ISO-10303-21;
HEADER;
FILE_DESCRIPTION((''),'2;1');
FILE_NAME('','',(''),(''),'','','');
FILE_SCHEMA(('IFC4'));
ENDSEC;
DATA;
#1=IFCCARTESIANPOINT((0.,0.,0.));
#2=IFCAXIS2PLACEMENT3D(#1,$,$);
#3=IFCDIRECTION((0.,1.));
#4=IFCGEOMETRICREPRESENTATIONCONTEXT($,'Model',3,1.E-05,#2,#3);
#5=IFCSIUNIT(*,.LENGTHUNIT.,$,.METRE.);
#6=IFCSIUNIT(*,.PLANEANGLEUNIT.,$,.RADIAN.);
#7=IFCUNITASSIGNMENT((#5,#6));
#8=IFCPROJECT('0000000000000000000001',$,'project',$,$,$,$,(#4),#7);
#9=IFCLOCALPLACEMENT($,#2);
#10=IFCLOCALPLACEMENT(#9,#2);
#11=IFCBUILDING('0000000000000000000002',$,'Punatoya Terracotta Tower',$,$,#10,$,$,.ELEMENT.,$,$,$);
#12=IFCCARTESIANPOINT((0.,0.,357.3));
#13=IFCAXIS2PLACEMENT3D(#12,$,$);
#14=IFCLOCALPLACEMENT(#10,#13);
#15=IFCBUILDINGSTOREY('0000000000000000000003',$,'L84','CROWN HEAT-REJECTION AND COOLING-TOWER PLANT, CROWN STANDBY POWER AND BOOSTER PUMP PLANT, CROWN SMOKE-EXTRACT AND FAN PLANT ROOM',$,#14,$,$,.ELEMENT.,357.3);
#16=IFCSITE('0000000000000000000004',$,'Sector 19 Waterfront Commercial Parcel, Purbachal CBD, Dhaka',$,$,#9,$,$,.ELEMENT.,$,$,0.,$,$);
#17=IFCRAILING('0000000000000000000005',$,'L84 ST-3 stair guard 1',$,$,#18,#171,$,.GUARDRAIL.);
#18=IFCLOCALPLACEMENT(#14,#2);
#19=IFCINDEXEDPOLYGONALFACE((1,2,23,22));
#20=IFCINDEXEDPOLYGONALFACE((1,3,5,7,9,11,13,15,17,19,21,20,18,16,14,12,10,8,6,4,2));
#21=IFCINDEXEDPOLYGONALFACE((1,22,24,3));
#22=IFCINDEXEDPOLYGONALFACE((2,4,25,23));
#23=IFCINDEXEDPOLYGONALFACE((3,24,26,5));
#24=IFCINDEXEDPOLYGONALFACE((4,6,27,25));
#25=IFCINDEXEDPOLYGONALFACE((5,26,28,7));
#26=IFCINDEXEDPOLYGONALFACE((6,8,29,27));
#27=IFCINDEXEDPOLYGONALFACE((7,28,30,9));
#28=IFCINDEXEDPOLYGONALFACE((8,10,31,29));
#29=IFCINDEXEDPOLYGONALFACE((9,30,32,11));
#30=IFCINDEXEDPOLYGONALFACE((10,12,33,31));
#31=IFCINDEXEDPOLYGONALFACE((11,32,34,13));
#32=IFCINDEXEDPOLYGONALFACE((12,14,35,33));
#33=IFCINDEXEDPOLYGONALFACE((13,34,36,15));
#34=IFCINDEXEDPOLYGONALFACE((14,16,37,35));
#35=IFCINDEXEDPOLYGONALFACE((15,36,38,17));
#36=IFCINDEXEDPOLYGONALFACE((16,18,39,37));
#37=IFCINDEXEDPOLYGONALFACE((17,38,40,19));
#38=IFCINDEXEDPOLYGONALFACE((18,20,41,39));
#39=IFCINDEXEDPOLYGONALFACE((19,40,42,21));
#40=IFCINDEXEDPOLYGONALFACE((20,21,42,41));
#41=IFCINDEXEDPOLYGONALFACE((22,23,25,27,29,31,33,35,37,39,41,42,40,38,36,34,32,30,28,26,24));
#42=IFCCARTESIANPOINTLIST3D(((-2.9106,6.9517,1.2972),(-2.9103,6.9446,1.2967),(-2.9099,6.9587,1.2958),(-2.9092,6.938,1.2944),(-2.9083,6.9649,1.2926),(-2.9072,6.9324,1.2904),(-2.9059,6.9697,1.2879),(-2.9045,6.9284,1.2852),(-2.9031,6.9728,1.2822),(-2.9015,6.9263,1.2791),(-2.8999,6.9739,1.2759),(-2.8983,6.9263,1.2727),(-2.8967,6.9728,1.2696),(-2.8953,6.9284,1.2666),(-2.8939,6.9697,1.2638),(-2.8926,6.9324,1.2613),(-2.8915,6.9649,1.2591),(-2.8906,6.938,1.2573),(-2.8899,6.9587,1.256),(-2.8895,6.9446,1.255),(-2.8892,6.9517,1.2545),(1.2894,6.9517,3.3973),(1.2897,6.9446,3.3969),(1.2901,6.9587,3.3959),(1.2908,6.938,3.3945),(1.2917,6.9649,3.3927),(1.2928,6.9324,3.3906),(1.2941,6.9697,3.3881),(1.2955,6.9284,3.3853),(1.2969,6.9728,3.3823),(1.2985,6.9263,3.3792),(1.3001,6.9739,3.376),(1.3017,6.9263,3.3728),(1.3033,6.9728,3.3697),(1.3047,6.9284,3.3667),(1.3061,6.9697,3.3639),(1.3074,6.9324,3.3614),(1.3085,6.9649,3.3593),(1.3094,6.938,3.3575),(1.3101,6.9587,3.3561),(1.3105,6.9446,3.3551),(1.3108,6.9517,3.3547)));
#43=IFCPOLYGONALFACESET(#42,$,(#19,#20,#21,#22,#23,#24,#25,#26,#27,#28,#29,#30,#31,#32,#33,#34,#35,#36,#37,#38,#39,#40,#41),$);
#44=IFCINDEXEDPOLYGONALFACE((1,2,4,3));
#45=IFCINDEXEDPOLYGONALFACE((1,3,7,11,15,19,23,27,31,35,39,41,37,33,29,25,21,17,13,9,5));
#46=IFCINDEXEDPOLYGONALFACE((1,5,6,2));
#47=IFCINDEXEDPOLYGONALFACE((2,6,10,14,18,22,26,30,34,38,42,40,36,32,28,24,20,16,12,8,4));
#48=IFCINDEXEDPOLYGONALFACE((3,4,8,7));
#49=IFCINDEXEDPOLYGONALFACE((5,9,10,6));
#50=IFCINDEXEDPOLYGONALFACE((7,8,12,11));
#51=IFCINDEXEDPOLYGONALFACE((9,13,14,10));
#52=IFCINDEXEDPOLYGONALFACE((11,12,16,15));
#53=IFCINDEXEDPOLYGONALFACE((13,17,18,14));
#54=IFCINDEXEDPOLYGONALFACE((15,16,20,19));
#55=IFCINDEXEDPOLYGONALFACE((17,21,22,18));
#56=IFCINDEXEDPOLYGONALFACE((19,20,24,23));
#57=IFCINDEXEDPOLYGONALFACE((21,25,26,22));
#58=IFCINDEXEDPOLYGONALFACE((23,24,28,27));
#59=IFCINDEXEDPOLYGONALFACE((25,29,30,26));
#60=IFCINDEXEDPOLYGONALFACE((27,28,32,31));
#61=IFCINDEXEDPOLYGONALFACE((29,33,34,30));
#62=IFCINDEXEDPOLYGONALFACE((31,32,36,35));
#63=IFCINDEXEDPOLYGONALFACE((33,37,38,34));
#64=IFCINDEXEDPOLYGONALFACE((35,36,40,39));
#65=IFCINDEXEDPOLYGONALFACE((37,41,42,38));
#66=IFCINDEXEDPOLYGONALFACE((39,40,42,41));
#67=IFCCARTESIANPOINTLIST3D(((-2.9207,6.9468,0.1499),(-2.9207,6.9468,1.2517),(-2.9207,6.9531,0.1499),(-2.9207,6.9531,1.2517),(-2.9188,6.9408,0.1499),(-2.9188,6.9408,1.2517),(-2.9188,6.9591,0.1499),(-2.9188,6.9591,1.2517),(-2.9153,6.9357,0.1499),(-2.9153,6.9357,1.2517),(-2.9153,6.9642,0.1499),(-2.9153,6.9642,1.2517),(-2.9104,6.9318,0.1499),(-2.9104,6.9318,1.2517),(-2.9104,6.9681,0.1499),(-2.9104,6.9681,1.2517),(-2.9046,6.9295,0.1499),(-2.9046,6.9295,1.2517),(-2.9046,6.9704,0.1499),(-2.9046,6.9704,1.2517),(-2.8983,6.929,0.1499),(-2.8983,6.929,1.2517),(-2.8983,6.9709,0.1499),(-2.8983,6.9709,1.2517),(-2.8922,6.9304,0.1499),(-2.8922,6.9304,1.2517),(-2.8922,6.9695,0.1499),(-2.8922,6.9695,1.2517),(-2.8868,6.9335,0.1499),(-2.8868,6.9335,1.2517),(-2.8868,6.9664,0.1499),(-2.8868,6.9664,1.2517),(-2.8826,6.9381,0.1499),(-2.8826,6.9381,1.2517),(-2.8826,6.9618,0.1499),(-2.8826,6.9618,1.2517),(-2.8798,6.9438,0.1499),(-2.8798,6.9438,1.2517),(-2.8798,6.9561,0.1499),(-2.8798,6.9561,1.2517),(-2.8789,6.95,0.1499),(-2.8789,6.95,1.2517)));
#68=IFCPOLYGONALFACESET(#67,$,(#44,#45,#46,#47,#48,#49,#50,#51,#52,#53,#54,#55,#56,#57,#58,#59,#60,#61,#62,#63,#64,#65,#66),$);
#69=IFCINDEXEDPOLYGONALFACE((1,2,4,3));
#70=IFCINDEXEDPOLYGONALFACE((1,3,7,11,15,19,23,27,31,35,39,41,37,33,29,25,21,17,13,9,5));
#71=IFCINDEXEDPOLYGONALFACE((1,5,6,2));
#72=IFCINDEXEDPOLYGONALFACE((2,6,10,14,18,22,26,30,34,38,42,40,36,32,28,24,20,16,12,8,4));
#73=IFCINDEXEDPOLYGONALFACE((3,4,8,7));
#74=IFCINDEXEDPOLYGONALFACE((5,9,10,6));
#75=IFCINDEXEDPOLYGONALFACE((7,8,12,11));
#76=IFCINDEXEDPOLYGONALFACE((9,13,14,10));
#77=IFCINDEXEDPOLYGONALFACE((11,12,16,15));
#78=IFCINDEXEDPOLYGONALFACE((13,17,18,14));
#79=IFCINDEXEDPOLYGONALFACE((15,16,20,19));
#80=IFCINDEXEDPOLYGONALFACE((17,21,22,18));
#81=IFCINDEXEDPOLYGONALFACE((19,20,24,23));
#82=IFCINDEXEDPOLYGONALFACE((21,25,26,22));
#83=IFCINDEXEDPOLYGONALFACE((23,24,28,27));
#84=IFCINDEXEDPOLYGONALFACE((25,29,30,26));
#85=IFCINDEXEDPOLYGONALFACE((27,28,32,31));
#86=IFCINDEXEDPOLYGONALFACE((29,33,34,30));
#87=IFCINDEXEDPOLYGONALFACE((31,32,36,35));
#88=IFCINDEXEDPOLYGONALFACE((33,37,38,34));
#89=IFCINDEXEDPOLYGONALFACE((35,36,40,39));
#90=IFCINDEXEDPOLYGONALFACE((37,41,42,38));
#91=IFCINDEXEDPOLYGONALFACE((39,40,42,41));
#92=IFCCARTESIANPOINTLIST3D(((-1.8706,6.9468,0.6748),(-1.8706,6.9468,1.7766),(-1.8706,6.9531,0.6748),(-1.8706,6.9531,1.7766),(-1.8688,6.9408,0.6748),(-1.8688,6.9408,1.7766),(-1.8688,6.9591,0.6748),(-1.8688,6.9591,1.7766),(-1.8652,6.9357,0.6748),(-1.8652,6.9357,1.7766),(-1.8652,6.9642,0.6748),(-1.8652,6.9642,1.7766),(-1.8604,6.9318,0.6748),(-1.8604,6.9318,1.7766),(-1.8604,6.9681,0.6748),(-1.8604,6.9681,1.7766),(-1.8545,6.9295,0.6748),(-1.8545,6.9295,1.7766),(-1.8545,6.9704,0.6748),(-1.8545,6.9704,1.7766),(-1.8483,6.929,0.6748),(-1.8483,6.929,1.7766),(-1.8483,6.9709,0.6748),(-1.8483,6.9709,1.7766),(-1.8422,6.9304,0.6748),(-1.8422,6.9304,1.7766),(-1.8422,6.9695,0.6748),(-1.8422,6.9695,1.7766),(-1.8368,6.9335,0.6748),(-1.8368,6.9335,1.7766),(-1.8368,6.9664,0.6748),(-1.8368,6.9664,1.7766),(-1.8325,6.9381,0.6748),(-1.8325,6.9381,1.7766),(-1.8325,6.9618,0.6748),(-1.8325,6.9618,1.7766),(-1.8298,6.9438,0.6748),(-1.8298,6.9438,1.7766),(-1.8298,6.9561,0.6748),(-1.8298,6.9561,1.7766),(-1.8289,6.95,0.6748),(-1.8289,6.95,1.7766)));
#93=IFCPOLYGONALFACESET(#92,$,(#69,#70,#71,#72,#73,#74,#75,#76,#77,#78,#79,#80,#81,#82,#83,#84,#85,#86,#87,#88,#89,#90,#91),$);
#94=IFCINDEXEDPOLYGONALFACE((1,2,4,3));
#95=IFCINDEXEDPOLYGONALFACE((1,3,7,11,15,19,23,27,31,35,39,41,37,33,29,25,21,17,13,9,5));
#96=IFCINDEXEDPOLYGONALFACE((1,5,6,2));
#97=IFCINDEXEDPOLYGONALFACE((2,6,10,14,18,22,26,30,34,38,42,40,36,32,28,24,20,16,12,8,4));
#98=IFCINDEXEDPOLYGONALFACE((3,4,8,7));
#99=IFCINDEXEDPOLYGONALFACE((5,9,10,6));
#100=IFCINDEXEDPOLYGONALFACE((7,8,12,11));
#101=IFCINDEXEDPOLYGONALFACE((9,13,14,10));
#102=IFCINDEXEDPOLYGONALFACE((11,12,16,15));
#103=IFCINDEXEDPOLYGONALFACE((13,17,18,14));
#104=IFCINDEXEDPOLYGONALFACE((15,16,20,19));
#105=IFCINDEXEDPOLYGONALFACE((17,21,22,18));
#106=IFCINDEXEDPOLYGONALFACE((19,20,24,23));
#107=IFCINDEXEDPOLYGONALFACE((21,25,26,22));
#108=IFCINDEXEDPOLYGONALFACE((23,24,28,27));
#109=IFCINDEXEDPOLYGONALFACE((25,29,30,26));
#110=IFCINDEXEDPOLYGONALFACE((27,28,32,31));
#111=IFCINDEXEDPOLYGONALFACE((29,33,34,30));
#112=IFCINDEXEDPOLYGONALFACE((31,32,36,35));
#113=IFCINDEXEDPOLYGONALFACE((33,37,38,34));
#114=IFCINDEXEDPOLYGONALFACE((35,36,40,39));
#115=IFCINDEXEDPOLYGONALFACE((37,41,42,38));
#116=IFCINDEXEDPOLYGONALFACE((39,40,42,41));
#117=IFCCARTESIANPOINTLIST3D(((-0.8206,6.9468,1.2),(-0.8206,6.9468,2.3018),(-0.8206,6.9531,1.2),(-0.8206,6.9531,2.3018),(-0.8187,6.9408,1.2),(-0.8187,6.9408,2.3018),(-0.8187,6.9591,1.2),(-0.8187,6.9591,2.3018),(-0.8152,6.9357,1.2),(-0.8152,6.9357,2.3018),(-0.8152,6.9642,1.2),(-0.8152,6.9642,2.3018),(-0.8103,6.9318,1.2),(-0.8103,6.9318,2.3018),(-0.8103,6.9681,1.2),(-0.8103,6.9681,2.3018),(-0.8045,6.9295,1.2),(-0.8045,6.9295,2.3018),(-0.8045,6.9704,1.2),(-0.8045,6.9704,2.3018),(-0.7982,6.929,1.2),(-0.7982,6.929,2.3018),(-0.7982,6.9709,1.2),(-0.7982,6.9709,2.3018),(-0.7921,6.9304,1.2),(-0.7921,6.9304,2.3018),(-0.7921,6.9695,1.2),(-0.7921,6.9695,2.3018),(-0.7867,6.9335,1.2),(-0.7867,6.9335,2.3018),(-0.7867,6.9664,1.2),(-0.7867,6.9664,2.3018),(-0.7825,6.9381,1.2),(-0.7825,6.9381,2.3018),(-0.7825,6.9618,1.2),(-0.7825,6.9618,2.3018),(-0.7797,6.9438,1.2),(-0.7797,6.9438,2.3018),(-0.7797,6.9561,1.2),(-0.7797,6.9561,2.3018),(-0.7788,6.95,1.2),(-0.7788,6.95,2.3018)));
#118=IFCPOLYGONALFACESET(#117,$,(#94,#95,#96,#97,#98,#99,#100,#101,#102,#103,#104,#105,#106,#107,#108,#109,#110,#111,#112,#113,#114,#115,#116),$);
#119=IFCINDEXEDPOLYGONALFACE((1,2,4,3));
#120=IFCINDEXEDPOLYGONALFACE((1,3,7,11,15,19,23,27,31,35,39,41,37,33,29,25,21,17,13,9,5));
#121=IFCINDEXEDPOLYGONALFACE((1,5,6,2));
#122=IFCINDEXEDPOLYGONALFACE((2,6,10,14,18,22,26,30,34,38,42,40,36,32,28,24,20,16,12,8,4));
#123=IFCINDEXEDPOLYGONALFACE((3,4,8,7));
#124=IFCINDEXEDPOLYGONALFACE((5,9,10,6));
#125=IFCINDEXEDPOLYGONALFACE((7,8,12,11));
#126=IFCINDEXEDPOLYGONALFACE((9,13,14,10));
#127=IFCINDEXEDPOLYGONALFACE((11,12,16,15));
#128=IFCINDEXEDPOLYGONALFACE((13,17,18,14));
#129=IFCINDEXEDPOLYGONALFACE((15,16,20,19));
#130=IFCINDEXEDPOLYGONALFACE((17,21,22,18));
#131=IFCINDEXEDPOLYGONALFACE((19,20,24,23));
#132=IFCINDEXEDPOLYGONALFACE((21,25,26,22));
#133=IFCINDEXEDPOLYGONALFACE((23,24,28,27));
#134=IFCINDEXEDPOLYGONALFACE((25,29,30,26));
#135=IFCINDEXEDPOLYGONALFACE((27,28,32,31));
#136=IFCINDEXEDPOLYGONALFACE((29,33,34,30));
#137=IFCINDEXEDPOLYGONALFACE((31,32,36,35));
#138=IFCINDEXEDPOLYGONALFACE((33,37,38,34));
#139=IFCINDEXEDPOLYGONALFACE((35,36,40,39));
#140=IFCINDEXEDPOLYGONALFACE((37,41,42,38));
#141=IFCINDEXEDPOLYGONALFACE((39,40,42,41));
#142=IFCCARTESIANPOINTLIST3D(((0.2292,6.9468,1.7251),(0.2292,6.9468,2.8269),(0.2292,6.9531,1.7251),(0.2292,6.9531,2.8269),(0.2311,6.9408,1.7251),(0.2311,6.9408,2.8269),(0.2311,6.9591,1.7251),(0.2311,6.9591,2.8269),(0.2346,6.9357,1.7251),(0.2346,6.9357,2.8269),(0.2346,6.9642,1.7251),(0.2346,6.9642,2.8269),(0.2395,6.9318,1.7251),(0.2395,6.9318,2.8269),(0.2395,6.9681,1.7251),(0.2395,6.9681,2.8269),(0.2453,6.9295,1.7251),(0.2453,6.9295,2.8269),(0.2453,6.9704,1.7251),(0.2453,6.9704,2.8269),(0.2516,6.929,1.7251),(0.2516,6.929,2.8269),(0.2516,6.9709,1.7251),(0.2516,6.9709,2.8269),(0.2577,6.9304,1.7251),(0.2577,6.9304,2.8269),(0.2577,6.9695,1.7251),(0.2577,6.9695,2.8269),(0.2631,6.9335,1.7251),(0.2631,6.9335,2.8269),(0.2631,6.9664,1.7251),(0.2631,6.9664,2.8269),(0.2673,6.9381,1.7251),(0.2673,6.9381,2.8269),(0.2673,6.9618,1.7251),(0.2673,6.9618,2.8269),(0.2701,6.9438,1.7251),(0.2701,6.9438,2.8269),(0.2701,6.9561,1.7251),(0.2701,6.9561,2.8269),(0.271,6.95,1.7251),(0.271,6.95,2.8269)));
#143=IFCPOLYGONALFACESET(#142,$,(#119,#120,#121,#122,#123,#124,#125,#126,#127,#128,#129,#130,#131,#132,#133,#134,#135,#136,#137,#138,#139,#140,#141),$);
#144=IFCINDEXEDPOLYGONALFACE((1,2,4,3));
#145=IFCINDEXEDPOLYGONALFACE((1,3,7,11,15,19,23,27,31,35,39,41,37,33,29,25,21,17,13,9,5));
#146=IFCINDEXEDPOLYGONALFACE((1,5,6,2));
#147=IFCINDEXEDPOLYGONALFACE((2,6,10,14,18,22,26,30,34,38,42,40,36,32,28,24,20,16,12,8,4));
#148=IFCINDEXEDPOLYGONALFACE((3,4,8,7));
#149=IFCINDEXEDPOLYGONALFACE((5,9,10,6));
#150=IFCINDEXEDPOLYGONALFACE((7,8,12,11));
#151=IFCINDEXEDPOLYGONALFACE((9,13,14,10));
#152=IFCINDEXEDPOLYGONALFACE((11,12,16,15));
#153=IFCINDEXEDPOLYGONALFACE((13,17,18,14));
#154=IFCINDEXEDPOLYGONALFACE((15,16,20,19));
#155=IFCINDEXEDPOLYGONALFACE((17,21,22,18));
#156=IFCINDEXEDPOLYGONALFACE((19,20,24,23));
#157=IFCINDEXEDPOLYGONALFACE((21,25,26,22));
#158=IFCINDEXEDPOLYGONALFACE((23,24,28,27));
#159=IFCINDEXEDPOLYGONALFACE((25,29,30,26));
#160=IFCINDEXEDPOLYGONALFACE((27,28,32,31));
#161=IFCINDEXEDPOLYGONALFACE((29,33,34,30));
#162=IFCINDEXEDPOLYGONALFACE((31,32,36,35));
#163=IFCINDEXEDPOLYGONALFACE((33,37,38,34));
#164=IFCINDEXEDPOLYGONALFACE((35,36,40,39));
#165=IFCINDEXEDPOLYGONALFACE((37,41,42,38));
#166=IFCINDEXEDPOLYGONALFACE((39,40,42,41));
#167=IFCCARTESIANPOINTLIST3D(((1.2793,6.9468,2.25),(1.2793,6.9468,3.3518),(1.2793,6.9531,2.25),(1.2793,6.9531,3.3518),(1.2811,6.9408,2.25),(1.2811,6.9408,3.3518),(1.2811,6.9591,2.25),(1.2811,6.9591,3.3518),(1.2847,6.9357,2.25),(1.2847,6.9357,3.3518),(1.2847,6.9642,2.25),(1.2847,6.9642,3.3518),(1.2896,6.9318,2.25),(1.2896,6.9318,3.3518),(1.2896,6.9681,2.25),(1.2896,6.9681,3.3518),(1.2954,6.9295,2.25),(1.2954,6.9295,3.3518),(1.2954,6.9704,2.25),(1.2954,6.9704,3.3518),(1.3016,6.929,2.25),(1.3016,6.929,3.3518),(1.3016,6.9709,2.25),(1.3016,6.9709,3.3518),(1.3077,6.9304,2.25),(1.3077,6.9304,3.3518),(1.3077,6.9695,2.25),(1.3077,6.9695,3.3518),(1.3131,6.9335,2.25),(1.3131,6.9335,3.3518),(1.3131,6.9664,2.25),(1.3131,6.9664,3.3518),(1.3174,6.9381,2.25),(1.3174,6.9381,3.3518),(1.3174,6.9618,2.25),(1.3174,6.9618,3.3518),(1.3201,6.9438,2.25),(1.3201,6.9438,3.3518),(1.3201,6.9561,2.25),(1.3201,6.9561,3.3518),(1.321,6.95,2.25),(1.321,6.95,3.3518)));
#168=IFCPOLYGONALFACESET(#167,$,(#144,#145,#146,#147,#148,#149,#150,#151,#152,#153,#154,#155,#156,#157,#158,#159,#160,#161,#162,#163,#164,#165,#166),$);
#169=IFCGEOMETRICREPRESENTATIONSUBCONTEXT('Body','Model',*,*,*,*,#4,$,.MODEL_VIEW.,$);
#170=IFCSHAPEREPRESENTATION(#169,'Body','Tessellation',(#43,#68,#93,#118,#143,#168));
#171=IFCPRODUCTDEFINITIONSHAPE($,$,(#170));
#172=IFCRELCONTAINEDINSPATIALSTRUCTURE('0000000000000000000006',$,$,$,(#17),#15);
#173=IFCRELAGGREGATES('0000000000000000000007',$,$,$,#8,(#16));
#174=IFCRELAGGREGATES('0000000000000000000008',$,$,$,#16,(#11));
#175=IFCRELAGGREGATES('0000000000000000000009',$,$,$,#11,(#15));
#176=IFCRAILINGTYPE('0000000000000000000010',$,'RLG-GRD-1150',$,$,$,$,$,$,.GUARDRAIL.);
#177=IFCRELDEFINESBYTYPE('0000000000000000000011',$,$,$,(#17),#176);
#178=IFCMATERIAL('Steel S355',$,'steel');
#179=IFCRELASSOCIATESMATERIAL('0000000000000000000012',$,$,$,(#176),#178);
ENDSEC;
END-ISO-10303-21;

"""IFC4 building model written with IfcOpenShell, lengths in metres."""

from ifc_helpers import new_model, si_unit, direction, frame, origin, origin_2d, place, context, subcontext, project, spatial, circle, extrude, material, type_object, element, save


model = new_model("IFC4")

# Units and contexts
model_context = context("Model", 3, precision=1e-05, world=origin(), true_north=direction((0.0, 1.0)))
body_context = subcontext(model_context, "Body", "Model", "MODEL_VIEW")
ifc_project = project(units=[si_unit("LENGTHUNIT", "METRE"), si_unit("PLANEANGLEUNIT", "RADIAN")], contexts=[model_context])

# Site, building, storey
site_placement = place(None, origin())
site = spatial("IfcSite", under=ifc_project, at=site_placement, Name="Sector 19 Waterfront Commercial Parcel, Purbachal CBD, Dhaka", CompositionType="ELEMENT", RefElevation=0.0)
building_placement = place(site_placement, origin())
building = spatial("IfcBuilding", under=site, at=building_placement, Name="Punatoya Terracotta Tower", CompositionType="ELEMENT")
storey_placement = place(building_placement, frame((0.0, 0.0, 357.3)))
storey = spatial("IfcBuildingStorey", under=building, at=storey_placement, Name="L84", Description="CROWN HEAT-REJECTION AND COOLING-TOWER PLANT, CROWN STANDBY POWER AND BOOSTER PUMP PLANT, CROWN SMOKE-EXTRACT AND FAN PLANT ROOM", CompositionType="ELEMENT", Elevation=357.3)

# Shared definitions
ifc_material_1 = material(Name="Steel S355", Category="steel")

# Railing
railing_type_1 = type_object("IfcRailingType", Name="RLG-GRD-1150", PredefinedType="GUARDRAIL", material=ifc_material_1)
railing_1_placement = place(storey_placement, frame((-2.8999, 6.95, 0.1499)))
element("IfcRailing", 1, at=railing_1_placement, inside=storey, type_object=railing_type_1, Name="L84 ST-3 stair guard 1", PredefinedType="GUARDRAIL", context=body_context, shape_type="SweptSolid", body=[
    extrude(circle(Radius=0.0239, at=origin_2d()), frame((0.0, 0.0, 1.126), z_axis=(0.894417, 0.0, 0.447234), x_axis=(0.0, 1.0, 0.0)), (0.0, 0.0, 1.0), 4.6958),
    extrude(circle(Radius=0.021, at=origin_2d()), origin(), (0.0, 0.0, 1.0), 1.1018),
    extrude(circle(Radius=0.021, at=origin_2d()), frame((1.05, 0.0, 0.5249)), (0.0, 0.0, 1.0), 1.1018),
    extrude(circle(Radius=0.021, at=origin_2d()), frame((2.1001, 0.0, 1.05)), (0.0, 0.0, 1.0), 1.1018),
    extrude(circle(Radius=0.021, at=origin_2d()), frame((3.1499, 0.0, 1.5752)), (0.0, 0.0, 1.0), 1.1018),
    extrude(circle(Radius=0.021, at=origin_2d()), frame((4.2, 0.0, 2.1001)), (0.0, 0.0, 1.0), 1.1018),
])

save(model, "model.ifc")
